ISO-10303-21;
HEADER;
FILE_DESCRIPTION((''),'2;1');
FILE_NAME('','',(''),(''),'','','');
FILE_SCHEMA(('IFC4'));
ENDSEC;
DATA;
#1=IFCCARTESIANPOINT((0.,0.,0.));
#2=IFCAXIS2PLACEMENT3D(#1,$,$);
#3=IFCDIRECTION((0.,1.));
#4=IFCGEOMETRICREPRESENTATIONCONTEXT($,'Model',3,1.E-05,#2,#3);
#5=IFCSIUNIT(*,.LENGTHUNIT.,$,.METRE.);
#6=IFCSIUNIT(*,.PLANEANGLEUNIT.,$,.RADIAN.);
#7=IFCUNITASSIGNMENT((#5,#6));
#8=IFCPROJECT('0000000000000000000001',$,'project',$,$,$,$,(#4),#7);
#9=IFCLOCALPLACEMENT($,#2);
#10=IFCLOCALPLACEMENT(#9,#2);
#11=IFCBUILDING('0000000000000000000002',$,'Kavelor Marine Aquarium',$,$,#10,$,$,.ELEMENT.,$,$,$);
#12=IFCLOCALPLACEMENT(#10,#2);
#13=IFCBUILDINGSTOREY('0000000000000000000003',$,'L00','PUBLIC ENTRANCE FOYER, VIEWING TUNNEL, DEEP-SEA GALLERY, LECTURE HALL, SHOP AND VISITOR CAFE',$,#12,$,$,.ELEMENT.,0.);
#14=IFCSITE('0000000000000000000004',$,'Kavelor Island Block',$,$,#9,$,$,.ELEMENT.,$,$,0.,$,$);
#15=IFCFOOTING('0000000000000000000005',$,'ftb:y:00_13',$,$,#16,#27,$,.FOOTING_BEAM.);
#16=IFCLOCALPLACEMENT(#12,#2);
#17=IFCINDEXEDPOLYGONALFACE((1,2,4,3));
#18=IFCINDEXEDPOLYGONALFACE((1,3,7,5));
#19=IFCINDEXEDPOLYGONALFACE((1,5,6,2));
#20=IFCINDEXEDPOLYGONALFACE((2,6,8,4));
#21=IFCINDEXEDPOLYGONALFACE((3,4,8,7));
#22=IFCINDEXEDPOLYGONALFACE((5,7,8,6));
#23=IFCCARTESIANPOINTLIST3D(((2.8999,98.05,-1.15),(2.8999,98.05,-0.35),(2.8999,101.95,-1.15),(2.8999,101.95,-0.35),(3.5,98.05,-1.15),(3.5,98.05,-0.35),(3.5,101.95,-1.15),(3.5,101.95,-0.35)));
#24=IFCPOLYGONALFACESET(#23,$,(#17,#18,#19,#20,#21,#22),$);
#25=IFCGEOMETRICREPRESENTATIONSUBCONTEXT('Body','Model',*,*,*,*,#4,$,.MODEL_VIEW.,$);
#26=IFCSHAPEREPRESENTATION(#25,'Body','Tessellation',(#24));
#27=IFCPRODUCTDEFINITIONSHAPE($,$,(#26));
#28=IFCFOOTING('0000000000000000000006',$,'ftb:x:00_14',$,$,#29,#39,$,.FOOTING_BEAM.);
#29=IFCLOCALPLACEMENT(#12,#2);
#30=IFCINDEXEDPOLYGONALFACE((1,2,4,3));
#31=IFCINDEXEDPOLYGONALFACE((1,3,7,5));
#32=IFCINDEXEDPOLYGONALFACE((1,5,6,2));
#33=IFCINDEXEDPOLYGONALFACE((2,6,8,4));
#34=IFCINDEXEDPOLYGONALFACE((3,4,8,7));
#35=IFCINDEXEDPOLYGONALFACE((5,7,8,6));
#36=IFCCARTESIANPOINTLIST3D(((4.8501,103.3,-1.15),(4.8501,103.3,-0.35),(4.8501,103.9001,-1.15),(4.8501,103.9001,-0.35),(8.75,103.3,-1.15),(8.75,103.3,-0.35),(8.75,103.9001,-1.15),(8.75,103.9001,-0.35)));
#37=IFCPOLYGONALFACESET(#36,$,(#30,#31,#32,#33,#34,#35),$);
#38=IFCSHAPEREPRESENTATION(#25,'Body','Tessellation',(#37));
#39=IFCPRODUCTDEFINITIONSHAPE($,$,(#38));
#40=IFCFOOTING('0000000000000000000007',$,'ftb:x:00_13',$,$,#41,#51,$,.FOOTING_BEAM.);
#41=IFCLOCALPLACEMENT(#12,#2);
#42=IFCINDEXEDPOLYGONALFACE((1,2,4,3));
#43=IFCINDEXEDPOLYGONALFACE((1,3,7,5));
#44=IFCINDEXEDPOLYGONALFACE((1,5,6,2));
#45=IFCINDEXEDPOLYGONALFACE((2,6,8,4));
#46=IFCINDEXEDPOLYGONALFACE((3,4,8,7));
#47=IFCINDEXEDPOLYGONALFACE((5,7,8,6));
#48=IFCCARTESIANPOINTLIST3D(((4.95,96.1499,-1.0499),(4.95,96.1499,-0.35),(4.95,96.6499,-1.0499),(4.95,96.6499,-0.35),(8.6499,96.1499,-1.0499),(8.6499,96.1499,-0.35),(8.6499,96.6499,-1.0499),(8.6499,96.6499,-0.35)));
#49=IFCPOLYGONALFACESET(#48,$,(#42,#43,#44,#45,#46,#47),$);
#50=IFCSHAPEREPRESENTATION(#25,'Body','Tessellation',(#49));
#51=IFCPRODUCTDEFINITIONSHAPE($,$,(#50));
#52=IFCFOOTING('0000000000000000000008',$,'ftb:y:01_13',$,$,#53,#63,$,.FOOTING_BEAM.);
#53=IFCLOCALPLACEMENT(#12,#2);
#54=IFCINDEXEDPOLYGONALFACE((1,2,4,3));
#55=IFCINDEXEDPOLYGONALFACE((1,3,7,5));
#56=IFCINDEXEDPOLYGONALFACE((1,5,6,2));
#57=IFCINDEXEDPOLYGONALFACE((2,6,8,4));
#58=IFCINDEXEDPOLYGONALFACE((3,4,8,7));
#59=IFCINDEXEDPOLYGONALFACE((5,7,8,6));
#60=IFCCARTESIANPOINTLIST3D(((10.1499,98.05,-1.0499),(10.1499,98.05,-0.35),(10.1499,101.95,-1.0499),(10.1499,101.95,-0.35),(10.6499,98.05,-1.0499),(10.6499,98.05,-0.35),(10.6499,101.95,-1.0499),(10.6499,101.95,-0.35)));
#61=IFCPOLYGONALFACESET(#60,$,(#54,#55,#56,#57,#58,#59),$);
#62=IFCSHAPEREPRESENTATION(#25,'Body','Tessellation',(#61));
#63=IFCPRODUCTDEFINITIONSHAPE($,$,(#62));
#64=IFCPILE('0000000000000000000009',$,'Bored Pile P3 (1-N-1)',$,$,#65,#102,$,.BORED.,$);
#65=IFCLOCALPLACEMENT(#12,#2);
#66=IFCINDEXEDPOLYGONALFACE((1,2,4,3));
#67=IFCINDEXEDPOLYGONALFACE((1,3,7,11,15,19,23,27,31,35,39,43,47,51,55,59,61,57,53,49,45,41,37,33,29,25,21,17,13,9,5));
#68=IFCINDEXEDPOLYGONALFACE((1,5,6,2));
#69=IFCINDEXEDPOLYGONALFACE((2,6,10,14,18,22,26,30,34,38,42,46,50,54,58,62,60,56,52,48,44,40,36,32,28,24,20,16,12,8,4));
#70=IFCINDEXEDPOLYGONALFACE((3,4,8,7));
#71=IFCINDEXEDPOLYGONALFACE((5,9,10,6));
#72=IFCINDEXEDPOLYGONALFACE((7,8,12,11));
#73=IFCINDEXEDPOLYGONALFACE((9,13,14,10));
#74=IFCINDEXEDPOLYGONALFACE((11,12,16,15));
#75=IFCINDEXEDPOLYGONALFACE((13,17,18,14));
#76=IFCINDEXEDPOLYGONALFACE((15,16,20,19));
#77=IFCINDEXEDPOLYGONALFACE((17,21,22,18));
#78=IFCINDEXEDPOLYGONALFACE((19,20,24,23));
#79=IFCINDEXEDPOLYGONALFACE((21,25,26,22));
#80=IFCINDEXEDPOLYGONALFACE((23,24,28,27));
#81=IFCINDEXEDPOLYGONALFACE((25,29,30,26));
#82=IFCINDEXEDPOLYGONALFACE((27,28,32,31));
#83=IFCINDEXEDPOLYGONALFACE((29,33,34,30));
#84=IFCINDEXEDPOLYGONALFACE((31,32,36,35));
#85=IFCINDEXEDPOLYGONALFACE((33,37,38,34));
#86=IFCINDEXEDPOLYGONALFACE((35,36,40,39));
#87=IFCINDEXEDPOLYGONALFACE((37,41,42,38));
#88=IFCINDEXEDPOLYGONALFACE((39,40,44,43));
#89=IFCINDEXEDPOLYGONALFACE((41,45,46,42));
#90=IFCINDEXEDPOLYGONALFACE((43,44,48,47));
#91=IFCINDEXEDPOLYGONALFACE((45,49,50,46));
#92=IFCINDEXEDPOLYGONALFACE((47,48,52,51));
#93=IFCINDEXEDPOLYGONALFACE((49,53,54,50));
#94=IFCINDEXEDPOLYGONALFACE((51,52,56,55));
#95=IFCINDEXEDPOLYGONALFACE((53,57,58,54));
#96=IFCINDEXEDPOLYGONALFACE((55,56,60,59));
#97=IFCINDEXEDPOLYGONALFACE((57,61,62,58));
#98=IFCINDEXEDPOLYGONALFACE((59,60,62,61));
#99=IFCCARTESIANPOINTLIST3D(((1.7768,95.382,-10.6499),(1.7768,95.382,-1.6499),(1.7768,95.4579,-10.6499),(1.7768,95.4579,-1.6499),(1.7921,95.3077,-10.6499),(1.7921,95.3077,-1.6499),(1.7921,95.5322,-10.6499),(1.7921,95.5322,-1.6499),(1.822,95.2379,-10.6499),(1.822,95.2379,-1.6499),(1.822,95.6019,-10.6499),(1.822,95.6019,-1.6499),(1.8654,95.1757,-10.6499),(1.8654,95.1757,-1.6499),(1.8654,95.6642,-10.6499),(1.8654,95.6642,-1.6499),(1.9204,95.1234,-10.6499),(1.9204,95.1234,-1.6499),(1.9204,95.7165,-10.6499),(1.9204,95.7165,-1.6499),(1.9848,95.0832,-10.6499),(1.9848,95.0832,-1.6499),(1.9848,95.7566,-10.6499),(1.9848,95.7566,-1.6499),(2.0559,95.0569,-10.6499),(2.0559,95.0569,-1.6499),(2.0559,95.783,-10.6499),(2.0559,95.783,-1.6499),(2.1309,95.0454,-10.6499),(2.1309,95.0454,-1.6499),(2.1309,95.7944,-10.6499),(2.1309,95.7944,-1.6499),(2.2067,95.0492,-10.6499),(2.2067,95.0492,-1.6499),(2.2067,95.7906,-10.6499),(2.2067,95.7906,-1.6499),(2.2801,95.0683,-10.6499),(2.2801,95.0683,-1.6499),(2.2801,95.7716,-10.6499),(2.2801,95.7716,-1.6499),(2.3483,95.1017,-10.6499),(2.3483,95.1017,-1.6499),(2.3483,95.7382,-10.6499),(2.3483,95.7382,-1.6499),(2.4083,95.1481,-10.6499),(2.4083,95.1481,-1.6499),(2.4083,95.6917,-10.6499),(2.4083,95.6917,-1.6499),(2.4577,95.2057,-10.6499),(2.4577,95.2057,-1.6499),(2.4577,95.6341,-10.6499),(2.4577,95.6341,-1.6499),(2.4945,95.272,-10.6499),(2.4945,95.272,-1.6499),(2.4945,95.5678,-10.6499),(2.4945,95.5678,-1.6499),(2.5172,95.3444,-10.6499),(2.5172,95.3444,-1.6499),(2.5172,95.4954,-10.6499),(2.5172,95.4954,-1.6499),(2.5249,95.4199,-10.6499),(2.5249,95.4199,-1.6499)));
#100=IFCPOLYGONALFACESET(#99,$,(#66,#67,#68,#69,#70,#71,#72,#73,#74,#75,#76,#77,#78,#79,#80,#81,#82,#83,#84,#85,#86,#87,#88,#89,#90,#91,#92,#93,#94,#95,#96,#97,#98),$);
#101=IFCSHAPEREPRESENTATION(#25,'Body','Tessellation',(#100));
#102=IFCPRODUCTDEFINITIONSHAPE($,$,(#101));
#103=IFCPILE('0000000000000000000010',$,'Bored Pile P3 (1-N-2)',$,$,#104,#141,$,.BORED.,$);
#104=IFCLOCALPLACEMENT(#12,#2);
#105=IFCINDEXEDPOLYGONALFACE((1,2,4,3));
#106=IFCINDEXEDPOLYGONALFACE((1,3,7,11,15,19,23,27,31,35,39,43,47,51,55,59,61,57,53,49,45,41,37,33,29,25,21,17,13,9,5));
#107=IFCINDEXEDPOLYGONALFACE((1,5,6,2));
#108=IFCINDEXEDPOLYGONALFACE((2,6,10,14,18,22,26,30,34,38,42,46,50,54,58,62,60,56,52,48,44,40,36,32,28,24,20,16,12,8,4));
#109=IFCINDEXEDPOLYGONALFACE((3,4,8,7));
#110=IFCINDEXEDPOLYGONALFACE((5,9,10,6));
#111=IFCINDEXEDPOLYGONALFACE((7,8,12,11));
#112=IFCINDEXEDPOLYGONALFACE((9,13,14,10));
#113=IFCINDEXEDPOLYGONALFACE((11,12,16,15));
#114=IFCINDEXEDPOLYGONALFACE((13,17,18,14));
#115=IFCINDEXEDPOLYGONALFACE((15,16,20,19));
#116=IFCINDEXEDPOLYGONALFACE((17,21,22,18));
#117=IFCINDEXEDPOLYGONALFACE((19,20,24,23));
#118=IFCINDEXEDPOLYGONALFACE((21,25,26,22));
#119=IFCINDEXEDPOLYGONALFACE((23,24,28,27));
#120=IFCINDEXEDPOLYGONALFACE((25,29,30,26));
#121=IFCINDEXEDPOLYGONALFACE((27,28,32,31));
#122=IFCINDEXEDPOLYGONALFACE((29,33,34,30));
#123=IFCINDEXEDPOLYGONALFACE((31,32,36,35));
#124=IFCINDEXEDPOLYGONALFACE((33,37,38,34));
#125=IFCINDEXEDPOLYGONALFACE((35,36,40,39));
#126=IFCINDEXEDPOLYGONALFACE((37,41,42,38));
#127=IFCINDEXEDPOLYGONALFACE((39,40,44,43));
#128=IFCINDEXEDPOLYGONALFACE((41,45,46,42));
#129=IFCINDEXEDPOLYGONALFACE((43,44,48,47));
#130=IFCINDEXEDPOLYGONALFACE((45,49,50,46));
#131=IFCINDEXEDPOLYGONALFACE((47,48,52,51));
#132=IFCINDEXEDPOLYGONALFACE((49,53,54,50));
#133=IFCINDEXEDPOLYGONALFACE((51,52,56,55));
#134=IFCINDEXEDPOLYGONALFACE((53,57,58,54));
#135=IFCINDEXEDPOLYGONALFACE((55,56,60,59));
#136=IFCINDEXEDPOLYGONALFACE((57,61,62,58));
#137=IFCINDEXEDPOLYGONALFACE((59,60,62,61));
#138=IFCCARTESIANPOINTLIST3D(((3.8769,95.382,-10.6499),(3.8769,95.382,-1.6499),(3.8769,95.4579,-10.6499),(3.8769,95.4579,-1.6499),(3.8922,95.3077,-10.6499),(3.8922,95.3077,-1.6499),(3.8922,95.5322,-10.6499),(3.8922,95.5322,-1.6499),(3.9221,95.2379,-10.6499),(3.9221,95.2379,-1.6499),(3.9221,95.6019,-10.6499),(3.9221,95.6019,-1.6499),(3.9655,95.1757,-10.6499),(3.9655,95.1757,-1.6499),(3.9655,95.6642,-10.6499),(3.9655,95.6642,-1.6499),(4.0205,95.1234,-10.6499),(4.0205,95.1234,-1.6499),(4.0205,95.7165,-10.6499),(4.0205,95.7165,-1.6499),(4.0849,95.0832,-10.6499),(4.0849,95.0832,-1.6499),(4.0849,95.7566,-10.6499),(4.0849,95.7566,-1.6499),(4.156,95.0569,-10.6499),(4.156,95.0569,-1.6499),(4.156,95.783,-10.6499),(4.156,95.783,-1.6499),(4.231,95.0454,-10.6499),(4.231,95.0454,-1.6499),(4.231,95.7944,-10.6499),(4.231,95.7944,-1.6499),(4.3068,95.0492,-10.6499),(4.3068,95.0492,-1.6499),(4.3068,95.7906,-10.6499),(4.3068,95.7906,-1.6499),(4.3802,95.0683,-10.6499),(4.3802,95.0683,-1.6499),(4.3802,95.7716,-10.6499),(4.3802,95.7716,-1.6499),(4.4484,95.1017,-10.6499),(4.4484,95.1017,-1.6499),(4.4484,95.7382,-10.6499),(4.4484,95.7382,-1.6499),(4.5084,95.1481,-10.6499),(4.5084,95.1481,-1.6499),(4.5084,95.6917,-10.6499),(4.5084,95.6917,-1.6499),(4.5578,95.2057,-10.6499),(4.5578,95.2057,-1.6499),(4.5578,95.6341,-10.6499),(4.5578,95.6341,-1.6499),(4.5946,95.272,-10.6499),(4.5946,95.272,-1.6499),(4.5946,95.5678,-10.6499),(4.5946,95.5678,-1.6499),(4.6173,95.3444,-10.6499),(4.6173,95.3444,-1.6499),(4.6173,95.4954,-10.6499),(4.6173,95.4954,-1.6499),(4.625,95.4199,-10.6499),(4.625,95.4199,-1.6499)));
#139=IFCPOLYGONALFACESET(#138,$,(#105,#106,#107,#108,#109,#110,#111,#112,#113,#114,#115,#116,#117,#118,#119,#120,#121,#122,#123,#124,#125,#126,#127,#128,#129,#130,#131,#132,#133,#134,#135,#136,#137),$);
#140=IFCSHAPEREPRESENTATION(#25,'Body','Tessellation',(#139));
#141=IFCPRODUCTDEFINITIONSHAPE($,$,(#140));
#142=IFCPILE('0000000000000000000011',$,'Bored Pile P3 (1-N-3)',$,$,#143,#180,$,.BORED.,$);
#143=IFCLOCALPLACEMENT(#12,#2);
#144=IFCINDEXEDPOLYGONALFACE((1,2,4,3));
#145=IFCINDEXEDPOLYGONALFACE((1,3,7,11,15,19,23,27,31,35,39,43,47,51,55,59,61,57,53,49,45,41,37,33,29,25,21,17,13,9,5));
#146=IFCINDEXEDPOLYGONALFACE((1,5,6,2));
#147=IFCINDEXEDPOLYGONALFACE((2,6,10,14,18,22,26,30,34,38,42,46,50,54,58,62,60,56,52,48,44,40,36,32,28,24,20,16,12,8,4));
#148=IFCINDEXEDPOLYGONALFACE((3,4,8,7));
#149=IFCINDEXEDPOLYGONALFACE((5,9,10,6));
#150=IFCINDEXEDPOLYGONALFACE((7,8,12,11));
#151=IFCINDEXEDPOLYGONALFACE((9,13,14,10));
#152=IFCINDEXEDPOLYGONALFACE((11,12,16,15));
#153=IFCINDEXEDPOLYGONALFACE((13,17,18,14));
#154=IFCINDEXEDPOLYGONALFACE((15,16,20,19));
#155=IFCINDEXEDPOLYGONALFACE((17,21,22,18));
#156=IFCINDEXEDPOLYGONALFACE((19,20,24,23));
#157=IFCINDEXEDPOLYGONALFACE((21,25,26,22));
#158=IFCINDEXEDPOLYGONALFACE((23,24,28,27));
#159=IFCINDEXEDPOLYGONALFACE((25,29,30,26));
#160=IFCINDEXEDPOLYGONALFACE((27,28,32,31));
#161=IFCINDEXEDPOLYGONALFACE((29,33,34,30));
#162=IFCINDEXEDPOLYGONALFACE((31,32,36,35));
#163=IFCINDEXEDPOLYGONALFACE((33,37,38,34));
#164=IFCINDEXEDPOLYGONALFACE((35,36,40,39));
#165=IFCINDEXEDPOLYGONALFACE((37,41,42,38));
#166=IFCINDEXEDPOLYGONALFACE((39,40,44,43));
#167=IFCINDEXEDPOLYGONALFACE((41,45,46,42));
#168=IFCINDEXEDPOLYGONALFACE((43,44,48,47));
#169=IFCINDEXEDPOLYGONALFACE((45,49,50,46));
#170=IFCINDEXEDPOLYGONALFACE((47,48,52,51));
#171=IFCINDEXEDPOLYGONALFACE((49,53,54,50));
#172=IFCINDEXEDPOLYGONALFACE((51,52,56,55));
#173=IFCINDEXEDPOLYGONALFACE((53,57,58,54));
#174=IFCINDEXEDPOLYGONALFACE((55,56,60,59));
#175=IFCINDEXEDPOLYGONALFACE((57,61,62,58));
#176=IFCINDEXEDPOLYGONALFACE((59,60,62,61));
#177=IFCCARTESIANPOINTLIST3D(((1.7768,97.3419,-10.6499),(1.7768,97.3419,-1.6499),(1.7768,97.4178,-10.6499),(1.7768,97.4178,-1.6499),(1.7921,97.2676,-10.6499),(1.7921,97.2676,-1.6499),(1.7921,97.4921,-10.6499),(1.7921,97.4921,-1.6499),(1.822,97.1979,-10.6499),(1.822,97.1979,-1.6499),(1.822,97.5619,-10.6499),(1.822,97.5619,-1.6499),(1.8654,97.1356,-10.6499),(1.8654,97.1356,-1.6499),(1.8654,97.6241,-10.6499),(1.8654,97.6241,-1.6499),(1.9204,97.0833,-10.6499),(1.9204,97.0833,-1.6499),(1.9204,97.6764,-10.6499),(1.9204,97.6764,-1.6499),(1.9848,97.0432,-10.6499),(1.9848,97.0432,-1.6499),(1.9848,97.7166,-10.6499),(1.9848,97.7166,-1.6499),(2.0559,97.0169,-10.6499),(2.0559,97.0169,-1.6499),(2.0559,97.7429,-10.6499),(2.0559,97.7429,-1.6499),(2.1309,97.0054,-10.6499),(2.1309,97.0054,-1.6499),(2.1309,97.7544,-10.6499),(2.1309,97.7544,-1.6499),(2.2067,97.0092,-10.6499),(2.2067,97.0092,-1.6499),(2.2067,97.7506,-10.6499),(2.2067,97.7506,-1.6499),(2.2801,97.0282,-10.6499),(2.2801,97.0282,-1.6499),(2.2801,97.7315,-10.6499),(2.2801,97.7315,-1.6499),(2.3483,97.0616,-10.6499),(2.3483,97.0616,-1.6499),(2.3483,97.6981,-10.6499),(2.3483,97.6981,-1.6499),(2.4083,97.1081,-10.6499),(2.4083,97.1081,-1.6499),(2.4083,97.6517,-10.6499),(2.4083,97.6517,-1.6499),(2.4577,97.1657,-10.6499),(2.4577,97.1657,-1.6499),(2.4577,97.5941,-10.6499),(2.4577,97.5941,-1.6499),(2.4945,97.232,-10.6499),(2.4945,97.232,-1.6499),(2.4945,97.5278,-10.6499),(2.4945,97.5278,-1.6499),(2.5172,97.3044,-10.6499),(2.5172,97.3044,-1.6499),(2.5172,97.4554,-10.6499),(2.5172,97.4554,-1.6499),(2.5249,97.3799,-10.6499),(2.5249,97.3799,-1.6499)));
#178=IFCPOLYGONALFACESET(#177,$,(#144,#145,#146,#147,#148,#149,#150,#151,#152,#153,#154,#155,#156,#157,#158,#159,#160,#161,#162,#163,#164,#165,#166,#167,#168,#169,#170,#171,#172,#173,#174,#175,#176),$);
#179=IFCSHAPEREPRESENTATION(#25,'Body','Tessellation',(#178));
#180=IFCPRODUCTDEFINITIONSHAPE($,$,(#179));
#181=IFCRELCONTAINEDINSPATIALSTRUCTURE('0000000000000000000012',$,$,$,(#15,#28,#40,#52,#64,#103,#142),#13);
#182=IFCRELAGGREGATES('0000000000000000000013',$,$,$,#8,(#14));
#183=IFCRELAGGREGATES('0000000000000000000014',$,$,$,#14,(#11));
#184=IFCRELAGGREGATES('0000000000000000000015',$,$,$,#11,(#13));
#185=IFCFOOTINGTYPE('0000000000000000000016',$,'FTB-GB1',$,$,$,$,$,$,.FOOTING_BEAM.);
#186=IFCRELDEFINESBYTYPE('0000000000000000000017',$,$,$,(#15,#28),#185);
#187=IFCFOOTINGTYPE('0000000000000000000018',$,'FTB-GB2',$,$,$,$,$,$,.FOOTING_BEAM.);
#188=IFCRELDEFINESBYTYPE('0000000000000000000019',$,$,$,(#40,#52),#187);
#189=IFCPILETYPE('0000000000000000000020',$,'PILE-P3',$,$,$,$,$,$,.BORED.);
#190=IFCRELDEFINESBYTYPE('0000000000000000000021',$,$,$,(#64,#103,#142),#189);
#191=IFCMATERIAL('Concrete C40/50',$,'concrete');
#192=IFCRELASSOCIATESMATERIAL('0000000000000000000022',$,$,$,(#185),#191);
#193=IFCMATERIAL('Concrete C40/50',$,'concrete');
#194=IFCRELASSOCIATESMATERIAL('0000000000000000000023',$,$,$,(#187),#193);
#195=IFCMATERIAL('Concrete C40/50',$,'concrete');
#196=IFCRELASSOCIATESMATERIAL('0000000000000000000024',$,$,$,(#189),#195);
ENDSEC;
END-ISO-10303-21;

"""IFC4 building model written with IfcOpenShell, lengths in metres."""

from ifc_helpers import new_model, si_unit, direction, frame, origin, origin_2d, place, context, subcontext, project, spatial, rectangle, circle, extrude, material, material_profile, profile_set, type_object, element, save


model = new_model("IFC4")

# Units and contexts
model_context = context("Model", 3, precision=1e-05, world=origin(), true_north=direction((0.0, 1.0)))
body_context = subcontext(model_context, "Body", "Model", "MODEL_VIEW")
ifc_project = project(units=[si_unit("LENGTHUNIT", "METRE"), si_unit("PLANEANGLEUNIT", "RADIAN")], contexts=[model_context])

# Site, building, storey
site_placement = place(None, origin())
site = spatial("IfcSite", under=ifc_project, at=site_placement, Name="Kavelor Island Block", CompositionType="ELEMENT", RefElevation=0.0)
building_placement = place(site_placement, origin())
building = spatial("IfcBuilding", under=site, at=building_placement, Name="Kavelor Marine Aquarium", CompositionType="ELEMENT")
storey_placement = place(building_placement, origin())
storey = spatial("IfcBuildingStorey", under=building, at=storey_placement, Name="L00", Description="PUBLIC ENTRANCE FOYER, VIEWING TUNNEL, DEEP-SEA GALLERY, LECTURE HALL, SHOP AND VISITOR CAFE", CompositionType="ELEMENT", Elevation=0.0)

# Footings
ifc_material_1 = material(Name="Concrete C40/50", Category="concrete")
ifc_material_profile_1 = material_profile(ifc_material_1, rectangle(XDim=0.6001, YDim=0.8, at=origin_2d()), Name="GB 600x800")
ifc_profile_set_1 = profile_set([ifc_material_profile_1], Name="Concrete C40/50")
footing_type_1 = type_object("IfcFootingType", Name="FTB-GB1", PredefinedType="FOOTING_BEAM", material=ifc_profile_set_1)
for number, where, z_axis, x_axis, name in (
    (1, (3.2, 98.05, -0.75), (0.0, 1.0, 0.0), (-1.0, 0.0, 0.0), "ftb:y:00_13"),
    (2, (4.8501, 103.6001, -0.75), (1.0, 0.0, 0.0), (0.0, 1.0, 0.0), "ftb:x:00_14"),
):
    element("IfcFooting", number, at=place(storey_placement, frame(where, z_axis=z_axis, x_axis=x_axis)), inside=storey, type_object=footing_type_1, Name=name, PredefinedType="FOOTING_BEAM", context=body_context, shape_type="SweptSolid", body=[
        extrude(rectangle(XDim=0.6001, YDim=0.8, at=origin_2d()), origin(), (0.0, 0.0, 1.0), 3.8999),
    ])
ifc_material_2 = material(Name="Concrete C40/50", Category="concrete")
ifc_material_profile_2 = material_profile(ifc_material_2, rectangle(XDim=0.5, YDim=0.7, at=origin_2d()), Name="GB 500x700")
ifc_profile_set_2 = profile_set([ifc_material_profile_2], Name="Concrete C40/50")
footing_type_2 = type_object("IfcFootingType", Name="FTB-GB2", PredefinedType="FOOTING_BEAM", material=ifc_profile_set_2)
footing_1_placement = place(storey_placement, frame((4.95, 96.3999, -0.7), z_axis=(1.0, 0.0, 0.0), x_axis=(0.0, 1.0, 0.0)))
element("IfcFooting", 3, at=footing_1_placement, inside=storey, type_object=footing_type_2, Name="ftb:x:00_13", PredefinedType="FOOTING_BEAM", context=body_context, shape_type="SweptSolid", body=[
    extrude(rectangle(XDim=0.5, YDim=0.7, at=origin_2d()), origin(), (0.0, 0.0, 1.0), 3.7),
])
footing_2_placement = place(storey_placement, frame((10.3999, 98.05, -0.7), z_axis=(0.0, 1.0, 0.0), x_axis=(-1.0, 0.0, 0.0)))
element("IfcFooting", 4, at=footing_2_placement, inside=storey, type_object=footing_type_2, Name="ftb:y:01_13", PredefinedType="FOOTING_BEAM", context=body_context, shape_type="SweptSolid", body=[
    extrude(rectangle(XDim=0.5, YDim=0.7, at=origin_2d()), origin(), (0.0, 0.0, 1.0), 3.8999),
])

# Piles
ifc_material_3 = material(Name="Concrete C40/50", Category="concrete")
ifc_material_profile_3 = material_profile(ifc_material_3, circle(Radius=0.375, at=origin_2d()), Name="PILE D750")
ifc_profile_set_3 = profile_set([ifc_material_profile_3], Name="Concrete C40/50")
pile_type = type_object("IfcPileType", Name="PILE-P3", PredefinedType="BORED", material=ifc_profile_set_3)
for number, where, z_axis, x_axis, name in (
    (5, (2.1499, 95.4199, -1.6499), (0.0, 0.0, -1.0), (1.0, 0.0, 0.0), "Bored Pile P3 (1-N-1)"),
    (6, (4.25, 95.4199, -1.6499), (0.0, 0.0, -1.0), (1.0, 0.0, 0.0), "Bored Pile P3 (1-N-2)"),
    (7, (2.1499, 97.3799, -1.6499), (0.0, 0.0, -1.0), (1.0, 0.0, 0.0), "Bored Pile P3 (1-N-3)"),
):
    element("IfcPile", number, at=place(storey_placement, frame(where, z_axis=z_axis, x_axis=x_axis)), inside=storey, type_object=pile_type, Name=name, PredefinedType="BORED", context=body_context, shape_type="SweptSolid", body=[
        extrude(circle(Radius=0.375, at=origin_2d()), origin(), (0.0, 0.0, 1.0), 9.0),
    ])

save(model, "model.ifc")
